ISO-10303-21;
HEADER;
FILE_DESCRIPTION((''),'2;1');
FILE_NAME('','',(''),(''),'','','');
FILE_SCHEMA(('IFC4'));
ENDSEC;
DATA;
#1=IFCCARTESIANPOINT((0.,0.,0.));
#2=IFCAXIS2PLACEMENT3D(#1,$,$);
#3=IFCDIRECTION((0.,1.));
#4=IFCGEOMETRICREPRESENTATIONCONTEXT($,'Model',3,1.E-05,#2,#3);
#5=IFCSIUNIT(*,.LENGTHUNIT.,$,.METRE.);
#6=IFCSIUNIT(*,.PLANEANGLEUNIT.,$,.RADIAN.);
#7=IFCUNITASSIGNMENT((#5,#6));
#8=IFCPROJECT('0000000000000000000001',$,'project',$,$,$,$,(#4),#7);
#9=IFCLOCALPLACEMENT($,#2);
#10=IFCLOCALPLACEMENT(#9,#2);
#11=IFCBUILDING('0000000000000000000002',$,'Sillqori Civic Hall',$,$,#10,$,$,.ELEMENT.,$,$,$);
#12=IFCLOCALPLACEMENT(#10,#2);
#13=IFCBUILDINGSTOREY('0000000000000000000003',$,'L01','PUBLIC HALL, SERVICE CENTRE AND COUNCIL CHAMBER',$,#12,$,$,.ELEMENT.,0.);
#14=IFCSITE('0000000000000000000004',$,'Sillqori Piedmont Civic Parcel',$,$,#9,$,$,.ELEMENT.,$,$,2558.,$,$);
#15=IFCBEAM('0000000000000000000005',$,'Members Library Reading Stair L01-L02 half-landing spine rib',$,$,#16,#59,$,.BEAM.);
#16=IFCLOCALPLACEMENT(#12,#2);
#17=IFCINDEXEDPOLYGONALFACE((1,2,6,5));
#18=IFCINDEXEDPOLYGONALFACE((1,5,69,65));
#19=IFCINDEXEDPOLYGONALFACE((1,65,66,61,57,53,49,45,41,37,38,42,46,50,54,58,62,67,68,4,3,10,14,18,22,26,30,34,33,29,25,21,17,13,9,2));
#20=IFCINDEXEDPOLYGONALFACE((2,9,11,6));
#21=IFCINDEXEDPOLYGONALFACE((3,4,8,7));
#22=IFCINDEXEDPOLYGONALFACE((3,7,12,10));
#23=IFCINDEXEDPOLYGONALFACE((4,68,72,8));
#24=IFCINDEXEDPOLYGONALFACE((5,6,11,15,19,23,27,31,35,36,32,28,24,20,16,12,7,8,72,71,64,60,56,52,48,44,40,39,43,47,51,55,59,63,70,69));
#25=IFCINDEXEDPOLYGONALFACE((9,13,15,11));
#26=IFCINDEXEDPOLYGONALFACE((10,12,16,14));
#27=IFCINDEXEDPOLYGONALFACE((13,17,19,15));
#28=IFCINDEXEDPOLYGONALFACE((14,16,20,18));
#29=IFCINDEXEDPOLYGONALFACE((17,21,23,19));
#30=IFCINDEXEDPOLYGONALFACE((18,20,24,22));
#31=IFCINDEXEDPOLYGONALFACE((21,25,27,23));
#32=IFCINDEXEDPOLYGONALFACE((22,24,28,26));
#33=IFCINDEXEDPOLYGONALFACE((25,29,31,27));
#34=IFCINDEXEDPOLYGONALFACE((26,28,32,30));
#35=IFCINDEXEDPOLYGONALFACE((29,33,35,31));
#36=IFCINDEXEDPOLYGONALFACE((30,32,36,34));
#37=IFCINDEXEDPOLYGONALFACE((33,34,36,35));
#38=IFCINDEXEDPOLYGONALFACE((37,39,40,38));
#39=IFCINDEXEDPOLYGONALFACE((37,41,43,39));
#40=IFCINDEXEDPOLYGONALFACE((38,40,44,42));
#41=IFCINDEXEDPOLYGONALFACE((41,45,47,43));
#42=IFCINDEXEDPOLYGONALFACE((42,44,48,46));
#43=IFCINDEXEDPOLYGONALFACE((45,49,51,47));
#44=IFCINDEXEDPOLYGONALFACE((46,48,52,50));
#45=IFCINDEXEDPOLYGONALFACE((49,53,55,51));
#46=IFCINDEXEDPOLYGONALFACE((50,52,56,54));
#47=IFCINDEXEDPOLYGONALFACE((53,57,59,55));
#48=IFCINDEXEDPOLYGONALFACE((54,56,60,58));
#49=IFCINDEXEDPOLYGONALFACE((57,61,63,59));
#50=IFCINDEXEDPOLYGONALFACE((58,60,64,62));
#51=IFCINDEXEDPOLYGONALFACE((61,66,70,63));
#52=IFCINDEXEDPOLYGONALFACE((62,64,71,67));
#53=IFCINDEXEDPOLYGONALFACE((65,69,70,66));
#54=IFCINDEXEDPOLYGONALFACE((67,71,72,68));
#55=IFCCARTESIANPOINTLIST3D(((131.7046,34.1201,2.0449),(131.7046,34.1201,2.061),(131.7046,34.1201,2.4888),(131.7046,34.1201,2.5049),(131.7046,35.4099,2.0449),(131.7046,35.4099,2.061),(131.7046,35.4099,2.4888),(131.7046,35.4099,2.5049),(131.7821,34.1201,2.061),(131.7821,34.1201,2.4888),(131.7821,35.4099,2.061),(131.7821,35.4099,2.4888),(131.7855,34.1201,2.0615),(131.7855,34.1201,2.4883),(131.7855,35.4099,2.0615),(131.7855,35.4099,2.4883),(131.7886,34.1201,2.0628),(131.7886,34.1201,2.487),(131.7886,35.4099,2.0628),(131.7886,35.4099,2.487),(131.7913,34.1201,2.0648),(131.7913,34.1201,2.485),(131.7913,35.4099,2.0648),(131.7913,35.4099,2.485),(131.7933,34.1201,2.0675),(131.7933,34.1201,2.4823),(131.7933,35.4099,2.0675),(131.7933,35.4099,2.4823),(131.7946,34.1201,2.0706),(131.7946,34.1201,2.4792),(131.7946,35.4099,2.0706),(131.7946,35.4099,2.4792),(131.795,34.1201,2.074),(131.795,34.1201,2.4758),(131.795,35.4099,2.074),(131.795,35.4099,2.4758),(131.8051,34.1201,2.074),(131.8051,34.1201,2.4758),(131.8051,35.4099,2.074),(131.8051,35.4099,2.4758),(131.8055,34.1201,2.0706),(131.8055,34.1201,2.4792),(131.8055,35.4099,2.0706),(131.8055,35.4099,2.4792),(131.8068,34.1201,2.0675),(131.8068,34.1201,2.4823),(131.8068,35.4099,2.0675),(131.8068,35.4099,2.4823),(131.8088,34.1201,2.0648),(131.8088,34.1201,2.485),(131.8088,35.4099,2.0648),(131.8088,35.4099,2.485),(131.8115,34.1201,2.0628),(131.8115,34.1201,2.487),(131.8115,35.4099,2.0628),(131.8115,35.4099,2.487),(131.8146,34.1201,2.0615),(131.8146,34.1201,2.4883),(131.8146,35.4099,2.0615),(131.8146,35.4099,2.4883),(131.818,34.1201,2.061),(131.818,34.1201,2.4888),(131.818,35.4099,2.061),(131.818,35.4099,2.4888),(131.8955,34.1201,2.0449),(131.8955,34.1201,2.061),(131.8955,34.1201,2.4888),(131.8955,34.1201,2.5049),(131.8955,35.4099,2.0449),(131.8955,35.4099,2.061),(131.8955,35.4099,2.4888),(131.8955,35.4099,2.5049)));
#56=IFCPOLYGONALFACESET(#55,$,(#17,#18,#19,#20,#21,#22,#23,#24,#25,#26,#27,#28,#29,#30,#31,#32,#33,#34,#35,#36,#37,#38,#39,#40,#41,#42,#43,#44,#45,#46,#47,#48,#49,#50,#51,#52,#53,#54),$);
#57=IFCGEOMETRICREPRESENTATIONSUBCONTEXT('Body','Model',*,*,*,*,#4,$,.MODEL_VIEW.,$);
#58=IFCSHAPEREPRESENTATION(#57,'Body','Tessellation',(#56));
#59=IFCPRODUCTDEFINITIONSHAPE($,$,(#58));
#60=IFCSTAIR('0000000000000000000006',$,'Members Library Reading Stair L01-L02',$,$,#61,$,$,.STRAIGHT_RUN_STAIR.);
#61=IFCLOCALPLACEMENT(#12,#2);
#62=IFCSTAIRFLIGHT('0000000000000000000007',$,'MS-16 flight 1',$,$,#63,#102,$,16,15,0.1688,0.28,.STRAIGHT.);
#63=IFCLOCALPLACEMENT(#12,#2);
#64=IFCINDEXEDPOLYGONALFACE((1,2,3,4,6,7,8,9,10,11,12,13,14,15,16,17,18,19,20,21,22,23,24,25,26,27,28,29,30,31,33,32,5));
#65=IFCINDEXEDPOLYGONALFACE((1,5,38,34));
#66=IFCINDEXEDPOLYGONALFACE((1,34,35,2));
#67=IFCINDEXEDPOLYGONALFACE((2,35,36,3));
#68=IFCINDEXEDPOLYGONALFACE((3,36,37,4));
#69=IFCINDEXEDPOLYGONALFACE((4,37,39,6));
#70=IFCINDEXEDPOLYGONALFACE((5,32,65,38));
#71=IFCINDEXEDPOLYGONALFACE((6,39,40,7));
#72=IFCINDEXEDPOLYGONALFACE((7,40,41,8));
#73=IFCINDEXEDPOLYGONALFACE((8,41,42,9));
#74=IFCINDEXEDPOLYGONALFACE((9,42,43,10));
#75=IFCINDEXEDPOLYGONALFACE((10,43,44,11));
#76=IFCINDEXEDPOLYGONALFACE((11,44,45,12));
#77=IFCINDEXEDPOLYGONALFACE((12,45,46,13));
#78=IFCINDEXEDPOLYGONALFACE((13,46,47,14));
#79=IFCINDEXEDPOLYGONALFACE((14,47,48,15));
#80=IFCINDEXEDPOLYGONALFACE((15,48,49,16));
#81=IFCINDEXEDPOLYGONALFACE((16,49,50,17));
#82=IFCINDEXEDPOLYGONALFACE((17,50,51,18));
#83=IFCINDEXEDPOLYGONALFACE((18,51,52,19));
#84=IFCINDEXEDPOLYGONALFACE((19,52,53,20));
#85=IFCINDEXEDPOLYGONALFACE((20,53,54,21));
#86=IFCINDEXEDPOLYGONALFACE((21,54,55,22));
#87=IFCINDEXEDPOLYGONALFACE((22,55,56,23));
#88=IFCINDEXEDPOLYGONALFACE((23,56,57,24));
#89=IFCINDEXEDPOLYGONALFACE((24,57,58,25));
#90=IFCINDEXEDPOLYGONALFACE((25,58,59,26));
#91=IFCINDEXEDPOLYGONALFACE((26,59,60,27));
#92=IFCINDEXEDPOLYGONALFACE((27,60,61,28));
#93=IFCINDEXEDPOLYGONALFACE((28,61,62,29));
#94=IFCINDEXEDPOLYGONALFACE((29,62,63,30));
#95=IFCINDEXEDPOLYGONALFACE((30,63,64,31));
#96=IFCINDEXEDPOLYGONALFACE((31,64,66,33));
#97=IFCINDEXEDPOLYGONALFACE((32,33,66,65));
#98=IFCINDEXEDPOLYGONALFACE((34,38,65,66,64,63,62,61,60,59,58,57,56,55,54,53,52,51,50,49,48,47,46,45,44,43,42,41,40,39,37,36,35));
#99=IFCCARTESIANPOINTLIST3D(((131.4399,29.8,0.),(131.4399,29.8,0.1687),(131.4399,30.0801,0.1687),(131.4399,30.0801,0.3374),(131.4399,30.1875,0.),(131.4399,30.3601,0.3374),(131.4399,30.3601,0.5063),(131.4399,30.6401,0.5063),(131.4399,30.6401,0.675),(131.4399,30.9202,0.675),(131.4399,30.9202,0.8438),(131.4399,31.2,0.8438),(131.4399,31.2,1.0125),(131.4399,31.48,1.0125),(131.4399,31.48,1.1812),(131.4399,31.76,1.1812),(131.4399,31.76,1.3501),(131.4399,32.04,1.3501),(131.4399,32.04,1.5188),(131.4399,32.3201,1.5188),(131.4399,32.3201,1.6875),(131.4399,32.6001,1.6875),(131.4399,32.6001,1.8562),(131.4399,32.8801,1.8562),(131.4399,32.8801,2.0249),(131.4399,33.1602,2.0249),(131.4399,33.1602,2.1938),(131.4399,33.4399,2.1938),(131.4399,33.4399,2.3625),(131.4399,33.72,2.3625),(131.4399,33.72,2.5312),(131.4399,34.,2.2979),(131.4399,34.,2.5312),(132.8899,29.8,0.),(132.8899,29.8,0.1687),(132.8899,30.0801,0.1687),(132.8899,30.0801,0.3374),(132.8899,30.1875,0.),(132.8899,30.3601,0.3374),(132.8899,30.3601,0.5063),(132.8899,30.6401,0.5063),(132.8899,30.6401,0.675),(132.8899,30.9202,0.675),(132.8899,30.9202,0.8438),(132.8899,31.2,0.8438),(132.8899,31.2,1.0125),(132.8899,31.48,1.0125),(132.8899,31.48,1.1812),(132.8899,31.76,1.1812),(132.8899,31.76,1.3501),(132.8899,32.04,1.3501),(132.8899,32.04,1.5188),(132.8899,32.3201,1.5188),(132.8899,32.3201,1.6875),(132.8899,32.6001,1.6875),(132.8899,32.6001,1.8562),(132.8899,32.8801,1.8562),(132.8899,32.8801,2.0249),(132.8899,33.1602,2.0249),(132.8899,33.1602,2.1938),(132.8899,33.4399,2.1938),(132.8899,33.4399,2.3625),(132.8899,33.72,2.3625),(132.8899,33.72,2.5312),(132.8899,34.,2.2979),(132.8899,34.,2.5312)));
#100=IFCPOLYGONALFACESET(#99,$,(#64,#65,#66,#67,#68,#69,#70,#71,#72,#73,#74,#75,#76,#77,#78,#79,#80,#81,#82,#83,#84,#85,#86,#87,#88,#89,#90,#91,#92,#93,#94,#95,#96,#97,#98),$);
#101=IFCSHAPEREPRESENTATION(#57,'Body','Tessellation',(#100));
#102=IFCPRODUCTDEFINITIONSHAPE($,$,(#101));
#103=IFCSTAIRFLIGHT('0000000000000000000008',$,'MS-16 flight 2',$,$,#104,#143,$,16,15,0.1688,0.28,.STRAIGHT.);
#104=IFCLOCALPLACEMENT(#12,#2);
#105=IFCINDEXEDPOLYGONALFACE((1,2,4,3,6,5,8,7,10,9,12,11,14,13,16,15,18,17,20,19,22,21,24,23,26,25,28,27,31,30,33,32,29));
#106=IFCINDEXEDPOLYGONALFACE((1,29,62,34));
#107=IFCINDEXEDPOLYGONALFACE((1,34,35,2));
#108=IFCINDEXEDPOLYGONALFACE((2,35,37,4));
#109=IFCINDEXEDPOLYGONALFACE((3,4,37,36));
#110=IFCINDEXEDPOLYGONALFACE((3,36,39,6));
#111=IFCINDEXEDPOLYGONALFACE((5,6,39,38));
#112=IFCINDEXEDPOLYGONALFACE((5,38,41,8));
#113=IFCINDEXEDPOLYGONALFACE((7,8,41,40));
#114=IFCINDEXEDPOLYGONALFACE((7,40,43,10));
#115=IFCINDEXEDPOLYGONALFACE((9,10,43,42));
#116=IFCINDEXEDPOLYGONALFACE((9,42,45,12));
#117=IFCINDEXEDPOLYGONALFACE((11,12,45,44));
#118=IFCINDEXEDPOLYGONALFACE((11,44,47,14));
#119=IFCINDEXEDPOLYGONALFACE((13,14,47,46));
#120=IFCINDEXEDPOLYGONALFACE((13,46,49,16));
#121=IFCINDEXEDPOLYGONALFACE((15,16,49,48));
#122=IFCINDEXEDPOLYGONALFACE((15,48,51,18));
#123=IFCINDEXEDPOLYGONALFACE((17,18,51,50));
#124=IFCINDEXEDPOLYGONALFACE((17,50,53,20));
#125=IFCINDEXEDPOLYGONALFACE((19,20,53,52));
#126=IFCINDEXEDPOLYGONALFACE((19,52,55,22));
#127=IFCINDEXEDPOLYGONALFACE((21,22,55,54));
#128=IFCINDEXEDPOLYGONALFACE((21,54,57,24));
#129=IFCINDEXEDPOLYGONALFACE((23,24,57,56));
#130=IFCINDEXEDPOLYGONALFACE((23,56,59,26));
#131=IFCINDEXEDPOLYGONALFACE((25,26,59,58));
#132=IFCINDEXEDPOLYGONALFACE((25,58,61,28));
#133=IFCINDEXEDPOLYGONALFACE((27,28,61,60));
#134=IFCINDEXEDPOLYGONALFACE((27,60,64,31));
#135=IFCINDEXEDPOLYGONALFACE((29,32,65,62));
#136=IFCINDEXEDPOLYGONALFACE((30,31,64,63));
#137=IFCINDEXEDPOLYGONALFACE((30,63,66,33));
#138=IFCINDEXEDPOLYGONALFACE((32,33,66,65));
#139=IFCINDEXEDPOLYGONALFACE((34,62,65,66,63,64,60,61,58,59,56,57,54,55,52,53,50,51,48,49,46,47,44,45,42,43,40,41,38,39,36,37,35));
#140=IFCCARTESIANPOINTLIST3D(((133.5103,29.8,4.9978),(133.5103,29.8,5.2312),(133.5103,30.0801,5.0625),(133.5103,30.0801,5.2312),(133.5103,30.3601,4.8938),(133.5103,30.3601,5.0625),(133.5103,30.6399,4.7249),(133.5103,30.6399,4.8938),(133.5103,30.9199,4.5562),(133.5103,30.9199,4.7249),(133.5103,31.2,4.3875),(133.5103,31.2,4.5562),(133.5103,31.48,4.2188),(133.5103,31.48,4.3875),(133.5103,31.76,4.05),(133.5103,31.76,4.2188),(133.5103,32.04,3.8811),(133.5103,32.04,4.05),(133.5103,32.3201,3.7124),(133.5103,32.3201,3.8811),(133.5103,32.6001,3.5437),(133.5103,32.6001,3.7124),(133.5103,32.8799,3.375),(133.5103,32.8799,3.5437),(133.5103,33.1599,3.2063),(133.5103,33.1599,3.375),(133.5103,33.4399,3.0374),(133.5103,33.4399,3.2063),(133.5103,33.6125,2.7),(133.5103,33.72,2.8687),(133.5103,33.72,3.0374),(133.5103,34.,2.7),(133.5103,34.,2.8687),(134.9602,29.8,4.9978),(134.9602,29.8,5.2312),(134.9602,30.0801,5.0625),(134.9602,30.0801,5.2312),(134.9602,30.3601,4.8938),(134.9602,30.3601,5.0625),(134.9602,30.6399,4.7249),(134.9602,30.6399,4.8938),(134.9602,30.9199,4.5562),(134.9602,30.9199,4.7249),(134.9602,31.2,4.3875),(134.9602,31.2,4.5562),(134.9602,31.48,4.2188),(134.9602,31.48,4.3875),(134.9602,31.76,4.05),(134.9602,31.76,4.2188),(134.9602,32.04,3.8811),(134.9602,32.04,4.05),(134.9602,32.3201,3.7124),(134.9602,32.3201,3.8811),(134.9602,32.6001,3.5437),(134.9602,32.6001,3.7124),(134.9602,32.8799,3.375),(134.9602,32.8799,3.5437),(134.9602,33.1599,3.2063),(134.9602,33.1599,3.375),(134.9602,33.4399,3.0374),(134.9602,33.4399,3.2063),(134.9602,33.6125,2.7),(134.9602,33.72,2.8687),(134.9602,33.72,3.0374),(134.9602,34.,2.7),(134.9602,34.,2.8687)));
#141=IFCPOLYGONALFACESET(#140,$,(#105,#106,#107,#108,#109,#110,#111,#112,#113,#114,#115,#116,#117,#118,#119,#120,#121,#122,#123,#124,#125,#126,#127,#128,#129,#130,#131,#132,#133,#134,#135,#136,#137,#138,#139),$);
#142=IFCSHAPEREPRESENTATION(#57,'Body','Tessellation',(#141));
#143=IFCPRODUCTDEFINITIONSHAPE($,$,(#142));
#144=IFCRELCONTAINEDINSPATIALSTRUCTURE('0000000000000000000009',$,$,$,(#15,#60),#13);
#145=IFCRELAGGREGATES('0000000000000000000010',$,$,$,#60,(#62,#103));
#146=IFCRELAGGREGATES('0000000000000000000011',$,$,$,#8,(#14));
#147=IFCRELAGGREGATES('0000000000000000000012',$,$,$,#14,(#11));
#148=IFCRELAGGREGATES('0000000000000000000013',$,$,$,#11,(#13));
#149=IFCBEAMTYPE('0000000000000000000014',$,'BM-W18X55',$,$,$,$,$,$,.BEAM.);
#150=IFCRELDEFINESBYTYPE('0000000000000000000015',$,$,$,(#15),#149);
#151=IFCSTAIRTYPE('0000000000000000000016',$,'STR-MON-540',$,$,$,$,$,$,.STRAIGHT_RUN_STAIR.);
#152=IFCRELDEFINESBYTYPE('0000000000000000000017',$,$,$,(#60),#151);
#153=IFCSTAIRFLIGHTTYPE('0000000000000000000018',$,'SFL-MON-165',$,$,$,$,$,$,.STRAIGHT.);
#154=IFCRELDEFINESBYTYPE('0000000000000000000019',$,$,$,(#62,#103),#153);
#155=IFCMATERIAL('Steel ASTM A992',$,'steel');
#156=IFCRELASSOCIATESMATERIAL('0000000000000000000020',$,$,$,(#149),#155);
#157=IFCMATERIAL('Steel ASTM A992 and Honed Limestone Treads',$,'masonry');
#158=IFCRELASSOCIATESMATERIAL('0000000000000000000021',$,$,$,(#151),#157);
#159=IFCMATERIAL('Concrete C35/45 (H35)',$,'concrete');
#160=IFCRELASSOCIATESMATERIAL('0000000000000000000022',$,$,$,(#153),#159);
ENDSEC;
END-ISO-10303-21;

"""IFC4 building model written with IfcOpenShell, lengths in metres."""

from ifc_helpers import new_model, si_unit, direction, frame, origin, origin_2d, place, context, subcontext, project, spatial, polyline, i_section, outline, extrude, material, material_profile, profile_set, type_object, element, aggregate, save


model = new_model("IFC4")

# Units and contexts
model_context = context("Model", 3, precision=1e-05, world=origin(), true_north=direction((0.0, 1.0)))
body_context = subcontext(model_context, "Body", "Model", "MODEL_VIEW")
ifc_project = project(units=[si_unit("LENGTHUNIT", "METRE"), si_unit("PLANEANGLEUNIT", "RADIAN")], contexts=[model_context])

# Site, building, storey
site_placement = place(None, origin())
site = spatial("IfcSite", under=ifc_project, at=site_placement, Name="Sillqori Piedmont Civic Parcel", CompositionType="ELEMENT", RefElevation=2558.0)
building_placement = place(site_placement, origin())
building = spatial("IfcBuilding", under=site, at=building_placement, Name="Sillqori Civic Hall", CompositionType="ELEMENT")
storey_placement = place(building_placement, origin())
storey = spatial("IfcBuildingStorey", under=building, at=storey_placement, Name="L01", Description="PUBLIC HALL, SERVICE CENTRE AND COUNCIL CHAMBER", CompositionType="ELEMENT", Elevation=0.0)

# Beam
ifc_material_1 = material(Name="Steel ASTM A992", Category="steel")
ifc_material_profile = material_profile(ifc_material_1, i_section(OverallWidth=0.1909, OverallDepth=0.46, WebThickness=0.01, FlangeThickness=0.0161, FilletRadius=0.0129, at=origin_2d()), Name="W18X55")
ifc_profile_set = profile_set([ifc_material_profile], Name="Steel ASTM A992")
beam_type = type_object("IfcBeamType", Name="BM-W18X55", PredefinedType="BEAM", material=ifc_profile_set)
beam_placement = place(storey_placement, frame((131.8, 34.1201, 2.2749), z_axis=(0.0, 1.0, 0.0), x_axis=(-1.0, 0.0, 0.0)))
element("IfcBeam", 1, at=beam_placement, inside=storey, type_object=beam_type, Name="Members Library Reading Stair L01-L02 half-landing spine rib", PredefinedType="BEAM", context=body_context, shape_type="SweptSolid", body=[
    extrude(i_section(OverallWidth=0.1909, OverallDepth=0.46, WebThickness=0.01, FlangeThickness=0.0161, FilletRadius=0.0129, at=origin_2d()), origin(), (0.0, 0.0, 1.0), 1.2898),
])

# Stair, stair flights
ifc_material_2 = material(Name="Steel ASTM A992 and Honed Limestone Treads", Category="masonry")
stair_type = type_object("IfcStairType", Name="STR-MON-540", PredefinedType="STRAIGHT_RUN_STAIR", material=ifc_material_2)
stair_placement = place(storey_placement, origin())
stair = element("IfcStair", 2, at=stair_placement, inside=storey, type_object=stair_type, Name="Members Library Reading Stair L01-L02", PredefinedType="STRAIGHT_RUN_STAIR")
ifc_material_3 = material(Name="Concrete C35/45 (H35)", Category="concrete")
stair_flight_type = type_object("IfcStairFlightType", Name="SFL-MON-165", PredefinedType="STRAIGHT", material=ifc_material_3)
stair_flight_1_placement = place(storey_placement, frame((132.165, 29.8, 0.0), z_axis=(0.0, 0.0, 1.0), x_axis=(0.0, 1.0, 0.0)))
stair_flight_1 = element("IfcStairFlight", 3, at=stair_flight_1_placement, type_object=stair_flight_type, Name="MS-16 flight 1", NumberOfRisers=16, NumberOfTreads=15, PredefinedType="STRAIGHT", RiserHeight=0.1688, TreadLength=0.28, context=body_context, shape_type="SweptSolid", body=[
    extrude(outline(polyline([(0.0, 0.0), (0.0, 0.1687), (0.28, 0.1687), (0.28, 0.3374), (0.5601, 0.3374), (0.5601, 0.5063), (0.8401, 0.5063), (0.8401, 0.675), (1.1201, 0.675), (1.1201, 0.8438), (1.3999, 0.8438), (1.3999, 1.0125), (1.6799, 1.0125), (1.6799, 1.1812), (1.96, 1.1812), (1.96, 1.3501), (2.24, 1.3501), (2.24, 1.5188), (2.52, 1.5188), (2.52, 1.6875), (2.8, 1.6875), (2.8, 1.8562), (3.0801, 1.8562), (3.0801, 2.0249), (3.3601, 2.0249), (3.3601, 2.1938), (3.6399, 2.1938), (3.6399, 2.3625), (3.9199, 2.3625), (3.9199, 2.5312), (4.2, 2.5312), (4.2, 2.7), (4.2, 2.2979), (0.3875, 0.0), (0.0, 0.0)])), frame((0.0, 0.7251, 0.0), z_axis=(0.0, -1.0, 0.0), x_axis=(1.0, 0.0, 0.0)), (0.0, 0.0, 1.0), 1.45),
])
stair_flight_2_placement = place(storey_placement, frame((134.2351, 34.0, 2.7), z_axis=(0.0, 0.0, 1.0), x_axis=(0.0, -1.0, 0.0)))
stair_flight_2 = element("IfcStairFlight", 4, at=stair_flight_2_placement, type_object=stair_flight_type, Name="MS-16 flight 2", NumberOfRisers=16, NumberOfTreads=15, PredefinedType="STRAIGHT", RiserHeight=0.1688, TreadLength=0.28, context=body_context, shape_type="SweptSolid", body=[
    extrude(outline(polyline([(0.0, 0.0), (0.0, 0.1687), (0.28, 0.1687), (0.28, 0.3374), (0.5601, 0.3374), (0.5601, 0.5063), (0.8401, 0.5063), (0.8401, 0.675), (1.1201, 0.675), (1.1201, 0.8438), (1.3999, 0.8438), (1.3999, 1.0125), (1.6799, 1.0125), (1.6799, 1.1812), (1.96, 1.1812), (1.96, 1.3501), (2.24, 1.3501), (2.24, 1.5188), (2.52, 1.5188), (2.52, 1.6875), (2.8, 1.6875), (2.8, 1.8562), (3.0801, 1.8562), (3.0801, 2.0249), (3.3601, 2.0249), (3.3601, 2.1938), (3.6399, 2.1938), (3.6399, 2.3625), (3.9199, 2.3625), (3.9199, 2.5312), (4.2, 2.5312), (4.2, 2.7), (4.2, 2.2979), (0.3875, 0.0), (0.0, 0.0)])), frame((0.0, 0.7251, 0.0), z_axis=(0.0, -1.0, 0.0), x_axis=(1.0, 0.0, 0.0)), (0.0, 0.0, 1.0), 1.45),
])
aggregate(stair, [stair_flight_1, stair_flight_2])

save(model, "model.ifc")
